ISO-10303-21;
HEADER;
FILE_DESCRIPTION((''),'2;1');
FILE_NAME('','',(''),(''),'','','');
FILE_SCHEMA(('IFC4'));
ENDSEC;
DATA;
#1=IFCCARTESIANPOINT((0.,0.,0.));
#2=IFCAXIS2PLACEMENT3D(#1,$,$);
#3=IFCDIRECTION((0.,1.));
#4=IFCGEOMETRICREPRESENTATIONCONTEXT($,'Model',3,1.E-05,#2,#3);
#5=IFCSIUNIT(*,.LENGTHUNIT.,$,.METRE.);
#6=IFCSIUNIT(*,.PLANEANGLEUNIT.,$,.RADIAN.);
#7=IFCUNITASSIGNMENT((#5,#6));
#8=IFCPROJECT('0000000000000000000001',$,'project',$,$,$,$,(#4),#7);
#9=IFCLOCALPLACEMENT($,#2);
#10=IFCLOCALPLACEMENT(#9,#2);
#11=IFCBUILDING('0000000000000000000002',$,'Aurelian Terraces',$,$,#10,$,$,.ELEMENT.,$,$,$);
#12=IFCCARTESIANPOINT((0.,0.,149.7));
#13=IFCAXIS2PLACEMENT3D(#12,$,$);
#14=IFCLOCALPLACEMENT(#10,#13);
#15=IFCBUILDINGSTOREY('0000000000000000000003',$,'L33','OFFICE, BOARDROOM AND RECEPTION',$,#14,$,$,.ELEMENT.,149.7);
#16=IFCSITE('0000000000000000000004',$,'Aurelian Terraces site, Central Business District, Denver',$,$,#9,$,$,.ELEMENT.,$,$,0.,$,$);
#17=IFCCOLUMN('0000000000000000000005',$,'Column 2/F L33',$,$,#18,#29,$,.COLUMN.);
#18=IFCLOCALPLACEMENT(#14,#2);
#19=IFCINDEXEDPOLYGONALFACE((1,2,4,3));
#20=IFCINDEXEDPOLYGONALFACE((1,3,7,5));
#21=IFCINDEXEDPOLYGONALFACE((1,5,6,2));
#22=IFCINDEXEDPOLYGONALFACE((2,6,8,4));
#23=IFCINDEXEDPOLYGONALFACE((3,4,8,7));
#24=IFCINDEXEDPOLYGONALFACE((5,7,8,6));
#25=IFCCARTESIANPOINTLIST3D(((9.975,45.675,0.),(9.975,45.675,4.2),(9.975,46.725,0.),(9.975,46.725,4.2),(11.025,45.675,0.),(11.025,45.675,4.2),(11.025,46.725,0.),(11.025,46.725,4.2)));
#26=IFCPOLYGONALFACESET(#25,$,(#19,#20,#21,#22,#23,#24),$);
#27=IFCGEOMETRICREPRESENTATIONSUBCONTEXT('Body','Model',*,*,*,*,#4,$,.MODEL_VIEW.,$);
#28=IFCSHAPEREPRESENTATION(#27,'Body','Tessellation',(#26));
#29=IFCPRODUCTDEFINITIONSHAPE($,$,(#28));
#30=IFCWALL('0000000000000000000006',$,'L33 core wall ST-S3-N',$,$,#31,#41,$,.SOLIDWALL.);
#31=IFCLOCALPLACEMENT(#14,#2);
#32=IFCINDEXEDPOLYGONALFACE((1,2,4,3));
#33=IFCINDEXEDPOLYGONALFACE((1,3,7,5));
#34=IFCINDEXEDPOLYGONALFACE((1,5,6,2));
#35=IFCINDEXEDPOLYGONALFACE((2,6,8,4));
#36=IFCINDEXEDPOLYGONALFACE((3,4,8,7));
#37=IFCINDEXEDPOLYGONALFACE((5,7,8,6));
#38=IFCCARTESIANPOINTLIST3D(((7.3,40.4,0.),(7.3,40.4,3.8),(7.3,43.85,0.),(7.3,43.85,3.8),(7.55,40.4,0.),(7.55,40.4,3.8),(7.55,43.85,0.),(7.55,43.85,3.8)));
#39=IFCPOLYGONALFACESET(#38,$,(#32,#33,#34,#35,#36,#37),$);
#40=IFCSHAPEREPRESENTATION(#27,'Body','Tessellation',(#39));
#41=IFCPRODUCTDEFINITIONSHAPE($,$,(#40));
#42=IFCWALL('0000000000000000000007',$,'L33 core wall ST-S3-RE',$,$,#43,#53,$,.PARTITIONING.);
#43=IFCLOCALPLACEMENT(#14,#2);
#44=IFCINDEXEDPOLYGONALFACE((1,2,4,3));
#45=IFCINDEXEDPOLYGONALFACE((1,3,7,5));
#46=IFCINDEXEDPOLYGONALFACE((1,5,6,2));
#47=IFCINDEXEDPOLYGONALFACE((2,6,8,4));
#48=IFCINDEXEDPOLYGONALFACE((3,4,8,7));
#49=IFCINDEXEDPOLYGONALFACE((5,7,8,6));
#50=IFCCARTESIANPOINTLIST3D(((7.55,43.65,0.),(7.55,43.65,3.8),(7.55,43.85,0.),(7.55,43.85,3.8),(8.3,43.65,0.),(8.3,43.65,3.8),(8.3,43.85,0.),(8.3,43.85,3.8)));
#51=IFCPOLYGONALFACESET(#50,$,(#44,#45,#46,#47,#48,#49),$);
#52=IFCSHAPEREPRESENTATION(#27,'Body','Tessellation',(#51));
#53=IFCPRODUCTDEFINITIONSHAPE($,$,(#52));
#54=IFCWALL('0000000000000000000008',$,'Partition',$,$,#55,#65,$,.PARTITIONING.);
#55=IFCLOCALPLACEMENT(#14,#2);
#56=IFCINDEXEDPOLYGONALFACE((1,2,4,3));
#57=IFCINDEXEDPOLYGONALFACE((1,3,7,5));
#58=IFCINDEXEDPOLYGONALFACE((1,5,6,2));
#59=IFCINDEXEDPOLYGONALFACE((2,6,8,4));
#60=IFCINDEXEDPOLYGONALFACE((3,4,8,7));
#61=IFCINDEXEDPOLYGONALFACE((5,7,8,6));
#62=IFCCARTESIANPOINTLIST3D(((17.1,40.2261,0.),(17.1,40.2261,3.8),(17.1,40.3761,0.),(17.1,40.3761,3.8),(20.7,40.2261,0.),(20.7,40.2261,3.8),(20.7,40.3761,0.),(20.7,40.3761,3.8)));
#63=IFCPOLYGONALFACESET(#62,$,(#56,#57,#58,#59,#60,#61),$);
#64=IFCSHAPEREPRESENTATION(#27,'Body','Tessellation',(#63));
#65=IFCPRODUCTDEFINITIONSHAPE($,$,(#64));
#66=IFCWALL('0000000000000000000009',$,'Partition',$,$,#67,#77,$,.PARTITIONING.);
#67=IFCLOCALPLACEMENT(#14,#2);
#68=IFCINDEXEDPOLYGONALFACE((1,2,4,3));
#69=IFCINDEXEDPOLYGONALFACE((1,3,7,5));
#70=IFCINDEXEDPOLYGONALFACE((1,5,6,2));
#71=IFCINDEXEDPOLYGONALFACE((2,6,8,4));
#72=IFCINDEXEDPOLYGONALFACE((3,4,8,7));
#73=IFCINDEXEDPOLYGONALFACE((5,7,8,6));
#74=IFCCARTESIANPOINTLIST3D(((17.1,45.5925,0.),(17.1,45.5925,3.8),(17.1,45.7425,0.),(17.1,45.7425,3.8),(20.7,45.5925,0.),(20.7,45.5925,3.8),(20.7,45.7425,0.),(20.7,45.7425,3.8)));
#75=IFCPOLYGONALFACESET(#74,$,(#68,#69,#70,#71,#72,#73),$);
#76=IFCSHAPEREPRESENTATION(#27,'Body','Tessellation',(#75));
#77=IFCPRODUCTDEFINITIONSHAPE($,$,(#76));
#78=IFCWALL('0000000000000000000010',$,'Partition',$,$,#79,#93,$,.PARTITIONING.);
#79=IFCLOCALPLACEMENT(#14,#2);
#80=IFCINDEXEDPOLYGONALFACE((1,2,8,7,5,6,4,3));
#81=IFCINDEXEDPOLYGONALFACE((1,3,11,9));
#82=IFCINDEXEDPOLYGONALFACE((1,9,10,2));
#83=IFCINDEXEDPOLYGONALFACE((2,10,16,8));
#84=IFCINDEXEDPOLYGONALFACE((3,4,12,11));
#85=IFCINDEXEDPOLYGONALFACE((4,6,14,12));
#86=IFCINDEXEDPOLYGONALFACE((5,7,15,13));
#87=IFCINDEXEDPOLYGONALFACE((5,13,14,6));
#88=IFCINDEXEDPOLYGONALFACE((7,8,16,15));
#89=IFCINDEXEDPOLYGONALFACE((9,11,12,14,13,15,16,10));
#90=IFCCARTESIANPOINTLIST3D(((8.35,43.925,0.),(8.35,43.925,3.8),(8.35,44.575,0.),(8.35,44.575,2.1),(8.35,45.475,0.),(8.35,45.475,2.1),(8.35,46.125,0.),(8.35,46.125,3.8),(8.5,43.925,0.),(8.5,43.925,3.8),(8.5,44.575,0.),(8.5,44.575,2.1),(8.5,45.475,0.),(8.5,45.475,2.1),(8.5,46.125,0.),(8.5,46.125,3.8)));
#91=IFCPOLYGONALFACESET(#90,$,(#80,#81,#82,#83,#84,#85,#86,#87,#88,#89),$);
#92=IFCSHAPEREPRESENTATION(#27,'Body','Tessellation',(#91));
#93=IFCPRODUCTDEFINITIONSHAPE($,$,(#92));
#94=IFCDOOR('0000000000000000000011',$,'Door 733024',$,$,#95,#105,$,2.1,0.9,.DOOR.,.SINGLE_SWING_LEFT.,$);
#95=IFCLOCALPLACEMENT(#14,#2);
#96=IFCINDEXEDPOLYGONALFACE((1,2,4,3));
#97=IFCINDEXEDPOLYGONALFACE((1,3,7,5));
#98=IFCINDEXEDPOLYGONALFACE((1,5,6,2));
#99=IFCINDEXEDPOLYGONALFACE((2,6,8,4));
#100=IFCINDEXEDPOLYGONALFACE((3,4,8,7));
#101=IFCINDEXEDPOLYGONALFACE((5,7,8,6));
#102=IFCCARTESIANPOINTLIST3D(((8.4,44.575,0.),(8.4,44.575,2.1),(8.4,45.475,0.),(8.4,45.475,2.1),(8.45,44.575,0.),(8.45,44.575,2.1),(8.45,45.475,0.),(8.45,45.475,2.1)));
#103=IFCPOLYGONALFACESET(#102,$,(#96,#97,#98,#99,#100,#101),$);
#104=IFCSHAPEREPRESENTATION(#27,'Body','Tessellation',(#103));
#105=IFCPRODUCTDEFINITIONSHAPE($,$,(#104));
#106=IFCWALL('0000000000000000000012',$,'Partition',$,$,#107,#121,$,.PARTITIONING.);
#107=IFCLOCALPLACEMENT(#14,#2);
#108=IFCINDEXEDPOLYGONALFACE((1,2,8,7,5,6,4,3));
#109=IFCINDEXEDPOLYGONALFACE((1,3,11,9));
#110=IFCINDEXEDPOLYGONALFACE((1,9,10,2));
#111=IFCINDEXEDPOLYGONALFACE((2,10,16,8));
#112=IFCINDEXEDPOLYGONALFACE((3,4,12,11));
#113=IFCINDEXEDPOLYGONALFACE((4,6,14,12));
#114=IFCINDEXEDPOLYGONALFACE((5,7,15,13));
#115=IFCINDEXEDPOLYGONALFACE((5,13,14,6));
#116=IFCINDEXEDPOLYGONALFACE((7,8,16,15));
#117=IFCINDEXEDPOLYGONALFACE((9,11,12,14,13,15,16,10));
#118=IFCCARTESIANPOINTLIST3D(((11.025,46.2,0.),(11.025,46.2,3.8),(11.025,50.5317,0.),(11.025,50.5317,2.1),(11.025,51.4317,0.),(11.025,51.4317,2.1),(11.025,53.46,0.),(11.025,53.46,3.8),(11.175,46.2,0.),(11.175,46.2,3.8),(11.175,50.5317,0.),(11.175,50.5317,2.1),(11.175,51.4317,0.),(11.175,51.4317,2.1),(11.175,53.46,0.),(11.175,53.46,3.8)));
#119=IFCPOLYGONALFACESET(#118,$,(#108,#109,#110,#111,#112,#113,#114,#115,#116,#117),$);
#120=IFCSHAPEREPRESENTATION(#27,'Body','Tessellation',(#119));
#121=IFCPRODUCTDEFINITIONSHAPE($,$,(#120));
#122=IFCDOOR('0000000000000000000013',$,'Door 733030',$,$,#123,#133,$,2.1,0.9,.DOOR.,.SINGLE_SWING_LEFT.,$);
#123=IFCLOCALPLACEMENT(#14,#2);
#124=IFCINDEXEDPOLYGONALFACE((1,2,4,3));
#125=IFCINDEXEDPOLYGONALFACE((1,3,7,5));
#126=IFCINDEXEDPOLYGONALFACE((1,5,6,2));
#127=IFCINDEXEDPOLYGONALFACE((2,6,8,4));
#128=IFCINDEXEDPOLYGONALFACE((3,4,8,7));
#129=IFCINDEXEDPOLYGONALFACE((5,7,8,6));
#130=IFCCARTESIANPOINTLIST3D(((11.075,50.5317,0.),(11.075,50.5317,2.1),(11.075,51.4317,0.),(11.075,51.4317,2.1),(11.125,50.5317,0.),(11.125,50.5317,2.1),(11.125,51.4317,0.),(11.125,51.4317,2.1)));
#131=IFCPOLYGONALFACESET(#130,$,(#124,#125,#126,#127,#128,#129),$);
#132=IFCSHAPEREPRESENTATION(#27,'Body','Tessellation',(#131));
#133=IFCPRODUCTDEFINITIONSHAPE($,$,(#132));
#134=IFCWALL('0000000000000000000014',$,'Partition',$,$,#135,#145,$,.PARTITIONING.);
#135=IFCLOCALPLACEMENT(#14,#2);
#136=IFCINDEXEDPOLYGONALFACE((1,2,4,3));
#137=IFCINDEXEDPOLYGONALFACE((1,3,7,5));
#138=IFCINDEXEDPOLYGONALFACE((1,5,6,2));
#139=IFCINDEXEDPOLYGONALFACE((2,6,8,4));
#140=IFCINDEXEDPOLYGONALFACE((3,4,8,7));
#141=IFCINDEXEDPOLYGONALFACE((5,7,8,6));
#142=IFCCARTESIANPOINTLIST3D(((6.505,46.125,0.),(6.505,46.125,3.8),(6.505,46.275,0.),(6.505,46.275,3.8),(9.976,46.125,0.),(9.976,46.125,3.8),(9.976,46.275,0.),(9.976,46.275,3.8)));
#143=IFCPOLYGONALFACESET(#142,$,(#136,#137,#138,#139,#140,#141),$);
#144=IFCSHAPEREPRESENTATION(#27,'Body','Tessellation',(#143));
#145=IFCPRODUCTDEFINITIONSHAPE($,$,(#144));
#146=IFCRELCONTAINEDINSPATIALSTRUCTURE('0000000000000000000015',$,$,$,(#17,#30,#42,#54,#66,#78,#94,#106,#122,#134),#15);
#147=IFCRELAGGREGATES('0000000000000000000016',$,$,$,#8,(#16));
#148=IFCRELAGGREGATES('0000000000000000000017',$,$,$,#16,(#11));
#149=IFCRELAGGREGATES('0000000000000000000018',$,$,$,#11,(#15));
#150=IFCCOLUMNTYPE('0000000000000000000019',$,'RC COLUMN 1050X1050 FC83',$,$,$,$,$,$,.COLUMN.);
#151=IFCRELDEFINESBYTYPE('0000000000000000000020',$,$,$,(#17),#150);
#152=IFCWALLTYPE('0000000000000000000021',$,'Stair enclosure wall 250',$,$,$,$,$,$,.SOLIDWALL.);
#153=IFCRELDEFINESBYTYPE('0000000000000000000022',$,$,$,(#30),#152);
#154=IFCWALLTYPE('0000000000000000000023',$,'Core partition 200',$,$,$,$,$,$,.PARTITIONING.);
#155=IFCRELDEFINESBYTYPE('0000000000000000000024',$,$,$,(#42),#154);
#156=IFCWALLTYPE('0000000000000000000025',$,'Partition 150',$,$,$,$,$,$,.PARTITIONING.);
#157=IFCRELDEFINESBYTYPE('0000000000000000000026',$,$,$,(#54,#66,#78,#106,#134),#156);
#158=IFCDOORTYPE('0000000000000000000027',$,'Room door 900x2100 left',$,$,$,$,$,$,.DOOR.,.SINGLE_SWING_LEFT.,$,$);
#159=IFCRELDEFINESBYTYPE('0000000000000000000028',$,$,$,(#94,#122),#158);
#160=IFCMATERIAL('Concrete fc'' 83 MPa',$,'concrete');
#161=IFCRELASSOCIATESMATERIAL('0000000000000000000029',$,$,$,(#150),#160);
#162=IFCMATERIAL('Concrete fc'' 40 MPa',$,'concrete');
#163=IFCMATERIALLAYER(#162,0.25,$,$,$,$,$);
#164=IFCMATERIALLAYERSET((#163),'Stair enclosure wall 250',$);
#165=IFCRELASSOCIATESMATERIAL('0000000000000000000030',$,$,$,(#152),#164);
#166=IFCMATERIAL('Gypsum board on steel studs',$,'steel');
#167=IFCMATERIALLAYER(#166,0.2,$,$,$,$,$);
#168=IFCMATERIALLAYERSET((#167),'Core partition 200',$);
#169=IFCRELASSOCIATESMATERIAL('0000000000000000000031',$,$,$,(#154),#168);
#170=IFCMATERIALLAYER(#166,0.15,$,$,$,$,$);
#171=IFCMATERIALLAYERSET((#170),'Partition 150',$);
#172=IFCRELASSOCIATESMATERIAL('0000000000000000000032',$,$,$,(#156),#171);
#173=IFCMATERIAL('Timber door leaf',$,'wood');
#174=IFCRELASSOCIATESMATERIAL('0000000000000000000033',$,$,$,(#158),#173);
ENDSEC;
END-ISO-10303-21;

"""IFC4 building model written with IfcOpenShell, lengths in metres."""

from ifc_helpers import new_model, si_unit, direction, frame, frame_2d, origin, origin_2d, place, context, subcontext, project, spatial, rectangle, extrude, source, transform, mapped, material, layer, layer_set, material_profile, profile_set, type_object, element, fill, save


model = new_model("IFC4")

# Units and contexts
model_context = context("Model", 3, precision=1e-05, world=origin(), true_north=direction((0.0, 1.0)))
body_context = subcontext(model_context, "Body", "Model", "MODEL_VIEW")
ifc_project = project(units=[si_unit("LENGTHUNIT", "METRE"), si_unit("PLANEANGLEUNIT", "RADIAN")], contexts=[model_context])

# Site, building, storey
site_placement = place(None, origin())
site = spatial("IfcSite", under=ifc_project, at=site_placement, Name="Aurelian Terraces site, Central Business District, Denver", CompositionType="ELEMENT", RefElevation=0.0)
building_placement = place(site_placement, origin())
building = spatial("IfcBuilding", under=site, at=building_placement, Name="Aurelian Terraces", CompositionType="ELEMENT")
storey_placement = place(building_placement, frame((0.0, 0.0, 149.7)))
storey = spatial("IfcBuildingStorey", under=building, at=storey_placement, Name="L33", Description="OFFICE, BOARDROOM AND RECEPTION", CompositionType="ELEMENT", Elevation=149.7)

# Column
ifc_material_1 = material(Name="Concrete fc' 83 MPa", Category="concrete")
ifc_material_profile = material_profile(ifc_material_1, rectangle(XDim=1.05, YDim=1.05, at=origin_2d()))
ifc_profile_set = profile_set([ifc_material_profile], Name="Concrete fc' 83 MPa")
column_type = type_object("IfcColumnType", Name="RC COLUMN 1050X1050 FC83", PredefinedType="COLUMN", material=ifc_profile_set)
shared_shape_1 = source(origin(), body_context, "Body", "SweptSolid", [
    extrude(rectangle(XDim=1.05, YDim=1.05, at=origin_2d()), origin(), (0.0, 0.0, 1.0), 4.2),
])
column_placement = place(storey_placement, frame((10.5, 46.2, 0.0), z_axis=(0.0, 0.0, 1.0), x_axis=(1.0, 0.0, 0.0)))
element("IfcColumn", 1, at=column_placement, inside=storey, type_object=column_type, Name="Column 2/F L33", PredefinedType="COLUMN", context=body_context, shape_type="MappedRepresentation", body=[
    mapped(shared_shape_1, transform((0.0, 0.0, 0.0), scale=1.0)),
])

# Walls
ifc_material_2 = material(Name="Concrete fc' 40 MPa", Category="concrete")
ifc_layer_1 = layer(ifc_material_2, 0.25)
ifc_layer_set_1 = layer_set([ifc_layer_1], Name="Stair enclosure wall 250")
wall_type_1 = type_object("IfcWallType", Name="Stair enclosure wall 250", PredefinedType="SOLIDWALL", material=ifc_layer_set_1)
shared_shape_2 = source(origin(), body_context, "Body", "SweptSolid", [
    extrude(rectangle(XDim=3.45, YDim=0.25, at=frame_2d((1.725, 0.0))), origin(), (0.0, 0.0, 1.0), 3.8),
])
wall_1_placement = place(storey_placement, frame((7.425, 40.4, 0.0), z_axis=(0.0, 0.0, 1.0), x_axis=(0.0, 1.0, 0.0)))
element("IfcWall", 2, at=wall_1_placement, inside=storey, type_object=wall_type_1, Name="L33 core wall ST-S3-N", PredefinedType="SOLIDWALL", context=body_context, shape_type="MappedRepresentation", body=[
    mapped(shared_shape_2, transform((0.0, 0.0, 0.0), scale=1.0)),
])
ifc_material_3 = material(Name="Gypsum board on steel studs", Category="steel")
ifc_layer_2 = layer(ifc_material_3, 0.2)
ifc_layer_set_2 = layer_set([ifc_layer_2], Name="Core partition 200")
wall_type_2 = type_object("IfcWallType", Name="Core partition 200", PredefinedType="PARTITIONING", material=ifc_layer_set_2)
shared_shape_3 = source(origin(), body_context, "Body", "SweptSolid", [
    extrude(rectangle(XDim=0.75, YDim=0.2, at=frame_2d((0.375, 0.0))), origin(), (0.0, 0.0, 1.0), 3.8),
])
wall_2_placement = place(storey_placement, frame((7.55, 43.75, 0.0), z_axis=(0.0, 0.0, 1.0), x_axis=(1.0, 0.0, 0.0)))
element("IfcWall", 3, at=wall_2_placement, inside=storey, type_object=wall_type_2, Name="L33 core wall ST-S3-RE", PredefinedType="PARTITIONING", context=body_context, shape_type="MappedRepresentation", body=[
    mapped(shared_shape_3, transform((0.0, 0.0, 0.0), scale=1.0)),
])
ifc_layer_3 = layer(ifc_material_3, 0.15)
ifc_layer_set_3 = layer_set([ifc_layer_3], Name="Partition 150")
wall_type_3 = type_object("IfcWallType", Name="Partition 150", PredefinedType="PARTITIONING", material=ifc_layer_set_3)
shared_shape_4 = source(origin(), body_context, "Body", "SweptSolid", [
    extrude(rectangle(XDim=3.6, YDim=0.15, at=frame_2d((1.8, 0.0))), origin(), (0.0, 0.0, 1.0), 3.8),
])
for number, where, z_axis, x_axis, name in (
    (4, (17.1, 40.3011, 0.0), (0.0, 0.0, 1.0), (1.0, 0.0, 0.0), "Partition"),
    (5, (17.1, 45.6675, 0.0), (0.0, 0.0, 1.0), (1.0, 0.0, 0.0), "Partition"),
):
    element("IfcWall", number, at=place(storey_placement, frame(where, z_axis=z_axis, x_axis=x_axis)), inside=storey, type_object=wall_type_3, Name=name, PredefinedType="PARTITIONING", context=body_context, shape_type="MappedRepresentation", body=[
        mapped(shared_shape_4, transform((0.0, 0.0, 0.0), scale=1.0)),
    ])

# Walls, openings, doors
shared_shape_5 = source(origin(), body_context, "Body", "SweptSolid", [
    extrude(rectangle(XDim=2.2, YDim=0.15, at=frame_2d((1.1, 0.0))), origin(), (0.0, 0.0, 1.0), 3.8),
])
wall_3_placement = place(storey_placement, frame((8.425, 43.925, 0.0), z_axis=(0.0, 0.0, 1.0), x_axis=(0.0, 1.0, 0.0)))
wall_3 = element("IfcWall", 6, at=wall_3_placement, inside=storey, type_object=wall_type_3, Name="Partition", PredefinedType="PARTITIONING", context=body_context, shape_type="MappedRepresentation", body=[
    mapped(shared_shape_5, transform((0.0, 0.0, 0.0), scale=1.0)),
])
shared_shape_6 = source(origin(), body_context, "Body", "SweptSolid", [
    extrude(rectangle(XDim=0.9, YDim=2.1, at=frame_2d((0.45, 1.05))), frame((0.0, 0.085, 0.0), z_axis=(0.0, -1.0, 0.0), x_axis=(1.0, 0.0, 0.0)), (0.0, 0.0, 1.0), 0.17),
])
opening_1_placement = place(wall_3_placement, frame((0.65, 0.0, 0.0)))
opening_1 = element("IfcOpeningElement", 7, at=opening_1_placement, cuts=wall_3, PredefinedType="OPENING", context=body_context, shape_type="MappedRepresentation", body=[
    mapped(shared_shape_6, transform((0.0, 0.0, 0.0), scale=1.0)),
])
ifc_material_4 = material(Name="Timber door leaf", Category="wood")
door_type = type_object("IfcDoorType", Name="Room door 900x2100 left", OperationType="SINGLE_SWING_LEFT", PredefinedType="DOOR", material=ifc_material_4)
shared_shape_7 = source(origin(), body_context, "Body", "SweptSolid", [
    extrude(rectangle(XDim=0.9, YDim=2.1, at=frame_2d((0.45, 1.05))), frame((0.0, 0.025, 0.0), z_axis=(0.0, -1.0, 0.0), x_axis=(1.0, 0.0, 0.0)), (0.0, 0.0, 1.0), 0.05),
])
door_1_placement = place(opening_1_placement, origin())
door_1 = element("IfcDoor", 8, at=door_1_placement, inside=storey, type_object=door_type, Name="Door 733024", OperationType="SINGLE_SWING_LEFT", OverallHeight=2.1, OverallWidth=0.9, PredefinedType="DOOR", context=body_context, shape_type="MappedRepresentation", body=[
    mapped(shared_shape_7, transform((0.0, 0.0, 0.0), scale=1.0)),
])
fill(opening_1, door_1)
shared_shape_8 = source(origin(), body_context, "Body", "SweptSolid", [
    extrude(rectangle(XDim=7.26, YDim=0.15, at=frame_2d((3.63, 0.0))), origin(), (0.0, 0.0, 1.0), 3.8),
])
wall_4_placement = place(storey_placement, frame((11.1, 46.2, 0.0), z_axis=(0.0, 0.0, 1.0), x_axis=(0.0, 1.0, 0.0)))
wall_4 = element("IfcWall", 9, at=wall_4_placement, inside=storey, type_object=wall_type_3, Name="Partition", PredefinedType="PARTITIONING", context=body_context, shape_type="MappedRepresentation", body=[
    mapped(shared_shape_8, transform((0.0, 0.0, 0.0), scale=1.0)),
])
opening_2_placement = place(wall_4_placement, frame((4.3317, 0.0, 0.0)))
opening_2 = element("IfcOpeningElement", 10, at=opening_2_placement, cuts=wall_4, PredefinedType="OPENING", context=body_context, shape_type="MappedRepresentation", body=[
    mapped(shared_shape_6, transform((0.0, 0.0, 0.0), scale=1.0)),
])
door_2_placement = place(opening_2_placement, origin())
door_2 = element("IfcDoor", 11, at=door_2_placement, inside=storey, type_object=door_type, Name="Door 733030", OperationType="SINGLE_SWING_LEFT", OverallHeight=2.1, OverallWidth=0.9, PredefinedType="DOOR", context=body_context, shape_type="MappedRepresentation", body=[
    mapped(shared_shape_7, transform((0.0, 0.0, 0.0), scale=1.0)),
])
fill(opening_2, door_2)

# Wall
shared_shape_9 = source(origin(), body_context, "Body", "SweptSolid", [
    extrude(rectangle(XDim=3.471, YDim=0.15, at=frame_2d((1.7355, 0.0))), origin(), (0.0, 0.0, 1.0), 3.8),
])
wall_5_placement = place(storey_placement, frame((9.976, 46.2, 0.0), z_axis=(0.0, 0.0, 1.0), x_axis=(-1.0, 0.0, 0.0)))
element("IfcWall", 12, at=wall_5_placement, inside=storey, type_object=wall_type_3, Name="Partition", PredefinedType="PARTITIONING", context=body_context, shape_type="MappedRepresentation", body=[
    mapped(shared_shape_9, transform((0.0, 0.0, 0.0), scale=1.0)),
])

save(model, "model.ifc")
